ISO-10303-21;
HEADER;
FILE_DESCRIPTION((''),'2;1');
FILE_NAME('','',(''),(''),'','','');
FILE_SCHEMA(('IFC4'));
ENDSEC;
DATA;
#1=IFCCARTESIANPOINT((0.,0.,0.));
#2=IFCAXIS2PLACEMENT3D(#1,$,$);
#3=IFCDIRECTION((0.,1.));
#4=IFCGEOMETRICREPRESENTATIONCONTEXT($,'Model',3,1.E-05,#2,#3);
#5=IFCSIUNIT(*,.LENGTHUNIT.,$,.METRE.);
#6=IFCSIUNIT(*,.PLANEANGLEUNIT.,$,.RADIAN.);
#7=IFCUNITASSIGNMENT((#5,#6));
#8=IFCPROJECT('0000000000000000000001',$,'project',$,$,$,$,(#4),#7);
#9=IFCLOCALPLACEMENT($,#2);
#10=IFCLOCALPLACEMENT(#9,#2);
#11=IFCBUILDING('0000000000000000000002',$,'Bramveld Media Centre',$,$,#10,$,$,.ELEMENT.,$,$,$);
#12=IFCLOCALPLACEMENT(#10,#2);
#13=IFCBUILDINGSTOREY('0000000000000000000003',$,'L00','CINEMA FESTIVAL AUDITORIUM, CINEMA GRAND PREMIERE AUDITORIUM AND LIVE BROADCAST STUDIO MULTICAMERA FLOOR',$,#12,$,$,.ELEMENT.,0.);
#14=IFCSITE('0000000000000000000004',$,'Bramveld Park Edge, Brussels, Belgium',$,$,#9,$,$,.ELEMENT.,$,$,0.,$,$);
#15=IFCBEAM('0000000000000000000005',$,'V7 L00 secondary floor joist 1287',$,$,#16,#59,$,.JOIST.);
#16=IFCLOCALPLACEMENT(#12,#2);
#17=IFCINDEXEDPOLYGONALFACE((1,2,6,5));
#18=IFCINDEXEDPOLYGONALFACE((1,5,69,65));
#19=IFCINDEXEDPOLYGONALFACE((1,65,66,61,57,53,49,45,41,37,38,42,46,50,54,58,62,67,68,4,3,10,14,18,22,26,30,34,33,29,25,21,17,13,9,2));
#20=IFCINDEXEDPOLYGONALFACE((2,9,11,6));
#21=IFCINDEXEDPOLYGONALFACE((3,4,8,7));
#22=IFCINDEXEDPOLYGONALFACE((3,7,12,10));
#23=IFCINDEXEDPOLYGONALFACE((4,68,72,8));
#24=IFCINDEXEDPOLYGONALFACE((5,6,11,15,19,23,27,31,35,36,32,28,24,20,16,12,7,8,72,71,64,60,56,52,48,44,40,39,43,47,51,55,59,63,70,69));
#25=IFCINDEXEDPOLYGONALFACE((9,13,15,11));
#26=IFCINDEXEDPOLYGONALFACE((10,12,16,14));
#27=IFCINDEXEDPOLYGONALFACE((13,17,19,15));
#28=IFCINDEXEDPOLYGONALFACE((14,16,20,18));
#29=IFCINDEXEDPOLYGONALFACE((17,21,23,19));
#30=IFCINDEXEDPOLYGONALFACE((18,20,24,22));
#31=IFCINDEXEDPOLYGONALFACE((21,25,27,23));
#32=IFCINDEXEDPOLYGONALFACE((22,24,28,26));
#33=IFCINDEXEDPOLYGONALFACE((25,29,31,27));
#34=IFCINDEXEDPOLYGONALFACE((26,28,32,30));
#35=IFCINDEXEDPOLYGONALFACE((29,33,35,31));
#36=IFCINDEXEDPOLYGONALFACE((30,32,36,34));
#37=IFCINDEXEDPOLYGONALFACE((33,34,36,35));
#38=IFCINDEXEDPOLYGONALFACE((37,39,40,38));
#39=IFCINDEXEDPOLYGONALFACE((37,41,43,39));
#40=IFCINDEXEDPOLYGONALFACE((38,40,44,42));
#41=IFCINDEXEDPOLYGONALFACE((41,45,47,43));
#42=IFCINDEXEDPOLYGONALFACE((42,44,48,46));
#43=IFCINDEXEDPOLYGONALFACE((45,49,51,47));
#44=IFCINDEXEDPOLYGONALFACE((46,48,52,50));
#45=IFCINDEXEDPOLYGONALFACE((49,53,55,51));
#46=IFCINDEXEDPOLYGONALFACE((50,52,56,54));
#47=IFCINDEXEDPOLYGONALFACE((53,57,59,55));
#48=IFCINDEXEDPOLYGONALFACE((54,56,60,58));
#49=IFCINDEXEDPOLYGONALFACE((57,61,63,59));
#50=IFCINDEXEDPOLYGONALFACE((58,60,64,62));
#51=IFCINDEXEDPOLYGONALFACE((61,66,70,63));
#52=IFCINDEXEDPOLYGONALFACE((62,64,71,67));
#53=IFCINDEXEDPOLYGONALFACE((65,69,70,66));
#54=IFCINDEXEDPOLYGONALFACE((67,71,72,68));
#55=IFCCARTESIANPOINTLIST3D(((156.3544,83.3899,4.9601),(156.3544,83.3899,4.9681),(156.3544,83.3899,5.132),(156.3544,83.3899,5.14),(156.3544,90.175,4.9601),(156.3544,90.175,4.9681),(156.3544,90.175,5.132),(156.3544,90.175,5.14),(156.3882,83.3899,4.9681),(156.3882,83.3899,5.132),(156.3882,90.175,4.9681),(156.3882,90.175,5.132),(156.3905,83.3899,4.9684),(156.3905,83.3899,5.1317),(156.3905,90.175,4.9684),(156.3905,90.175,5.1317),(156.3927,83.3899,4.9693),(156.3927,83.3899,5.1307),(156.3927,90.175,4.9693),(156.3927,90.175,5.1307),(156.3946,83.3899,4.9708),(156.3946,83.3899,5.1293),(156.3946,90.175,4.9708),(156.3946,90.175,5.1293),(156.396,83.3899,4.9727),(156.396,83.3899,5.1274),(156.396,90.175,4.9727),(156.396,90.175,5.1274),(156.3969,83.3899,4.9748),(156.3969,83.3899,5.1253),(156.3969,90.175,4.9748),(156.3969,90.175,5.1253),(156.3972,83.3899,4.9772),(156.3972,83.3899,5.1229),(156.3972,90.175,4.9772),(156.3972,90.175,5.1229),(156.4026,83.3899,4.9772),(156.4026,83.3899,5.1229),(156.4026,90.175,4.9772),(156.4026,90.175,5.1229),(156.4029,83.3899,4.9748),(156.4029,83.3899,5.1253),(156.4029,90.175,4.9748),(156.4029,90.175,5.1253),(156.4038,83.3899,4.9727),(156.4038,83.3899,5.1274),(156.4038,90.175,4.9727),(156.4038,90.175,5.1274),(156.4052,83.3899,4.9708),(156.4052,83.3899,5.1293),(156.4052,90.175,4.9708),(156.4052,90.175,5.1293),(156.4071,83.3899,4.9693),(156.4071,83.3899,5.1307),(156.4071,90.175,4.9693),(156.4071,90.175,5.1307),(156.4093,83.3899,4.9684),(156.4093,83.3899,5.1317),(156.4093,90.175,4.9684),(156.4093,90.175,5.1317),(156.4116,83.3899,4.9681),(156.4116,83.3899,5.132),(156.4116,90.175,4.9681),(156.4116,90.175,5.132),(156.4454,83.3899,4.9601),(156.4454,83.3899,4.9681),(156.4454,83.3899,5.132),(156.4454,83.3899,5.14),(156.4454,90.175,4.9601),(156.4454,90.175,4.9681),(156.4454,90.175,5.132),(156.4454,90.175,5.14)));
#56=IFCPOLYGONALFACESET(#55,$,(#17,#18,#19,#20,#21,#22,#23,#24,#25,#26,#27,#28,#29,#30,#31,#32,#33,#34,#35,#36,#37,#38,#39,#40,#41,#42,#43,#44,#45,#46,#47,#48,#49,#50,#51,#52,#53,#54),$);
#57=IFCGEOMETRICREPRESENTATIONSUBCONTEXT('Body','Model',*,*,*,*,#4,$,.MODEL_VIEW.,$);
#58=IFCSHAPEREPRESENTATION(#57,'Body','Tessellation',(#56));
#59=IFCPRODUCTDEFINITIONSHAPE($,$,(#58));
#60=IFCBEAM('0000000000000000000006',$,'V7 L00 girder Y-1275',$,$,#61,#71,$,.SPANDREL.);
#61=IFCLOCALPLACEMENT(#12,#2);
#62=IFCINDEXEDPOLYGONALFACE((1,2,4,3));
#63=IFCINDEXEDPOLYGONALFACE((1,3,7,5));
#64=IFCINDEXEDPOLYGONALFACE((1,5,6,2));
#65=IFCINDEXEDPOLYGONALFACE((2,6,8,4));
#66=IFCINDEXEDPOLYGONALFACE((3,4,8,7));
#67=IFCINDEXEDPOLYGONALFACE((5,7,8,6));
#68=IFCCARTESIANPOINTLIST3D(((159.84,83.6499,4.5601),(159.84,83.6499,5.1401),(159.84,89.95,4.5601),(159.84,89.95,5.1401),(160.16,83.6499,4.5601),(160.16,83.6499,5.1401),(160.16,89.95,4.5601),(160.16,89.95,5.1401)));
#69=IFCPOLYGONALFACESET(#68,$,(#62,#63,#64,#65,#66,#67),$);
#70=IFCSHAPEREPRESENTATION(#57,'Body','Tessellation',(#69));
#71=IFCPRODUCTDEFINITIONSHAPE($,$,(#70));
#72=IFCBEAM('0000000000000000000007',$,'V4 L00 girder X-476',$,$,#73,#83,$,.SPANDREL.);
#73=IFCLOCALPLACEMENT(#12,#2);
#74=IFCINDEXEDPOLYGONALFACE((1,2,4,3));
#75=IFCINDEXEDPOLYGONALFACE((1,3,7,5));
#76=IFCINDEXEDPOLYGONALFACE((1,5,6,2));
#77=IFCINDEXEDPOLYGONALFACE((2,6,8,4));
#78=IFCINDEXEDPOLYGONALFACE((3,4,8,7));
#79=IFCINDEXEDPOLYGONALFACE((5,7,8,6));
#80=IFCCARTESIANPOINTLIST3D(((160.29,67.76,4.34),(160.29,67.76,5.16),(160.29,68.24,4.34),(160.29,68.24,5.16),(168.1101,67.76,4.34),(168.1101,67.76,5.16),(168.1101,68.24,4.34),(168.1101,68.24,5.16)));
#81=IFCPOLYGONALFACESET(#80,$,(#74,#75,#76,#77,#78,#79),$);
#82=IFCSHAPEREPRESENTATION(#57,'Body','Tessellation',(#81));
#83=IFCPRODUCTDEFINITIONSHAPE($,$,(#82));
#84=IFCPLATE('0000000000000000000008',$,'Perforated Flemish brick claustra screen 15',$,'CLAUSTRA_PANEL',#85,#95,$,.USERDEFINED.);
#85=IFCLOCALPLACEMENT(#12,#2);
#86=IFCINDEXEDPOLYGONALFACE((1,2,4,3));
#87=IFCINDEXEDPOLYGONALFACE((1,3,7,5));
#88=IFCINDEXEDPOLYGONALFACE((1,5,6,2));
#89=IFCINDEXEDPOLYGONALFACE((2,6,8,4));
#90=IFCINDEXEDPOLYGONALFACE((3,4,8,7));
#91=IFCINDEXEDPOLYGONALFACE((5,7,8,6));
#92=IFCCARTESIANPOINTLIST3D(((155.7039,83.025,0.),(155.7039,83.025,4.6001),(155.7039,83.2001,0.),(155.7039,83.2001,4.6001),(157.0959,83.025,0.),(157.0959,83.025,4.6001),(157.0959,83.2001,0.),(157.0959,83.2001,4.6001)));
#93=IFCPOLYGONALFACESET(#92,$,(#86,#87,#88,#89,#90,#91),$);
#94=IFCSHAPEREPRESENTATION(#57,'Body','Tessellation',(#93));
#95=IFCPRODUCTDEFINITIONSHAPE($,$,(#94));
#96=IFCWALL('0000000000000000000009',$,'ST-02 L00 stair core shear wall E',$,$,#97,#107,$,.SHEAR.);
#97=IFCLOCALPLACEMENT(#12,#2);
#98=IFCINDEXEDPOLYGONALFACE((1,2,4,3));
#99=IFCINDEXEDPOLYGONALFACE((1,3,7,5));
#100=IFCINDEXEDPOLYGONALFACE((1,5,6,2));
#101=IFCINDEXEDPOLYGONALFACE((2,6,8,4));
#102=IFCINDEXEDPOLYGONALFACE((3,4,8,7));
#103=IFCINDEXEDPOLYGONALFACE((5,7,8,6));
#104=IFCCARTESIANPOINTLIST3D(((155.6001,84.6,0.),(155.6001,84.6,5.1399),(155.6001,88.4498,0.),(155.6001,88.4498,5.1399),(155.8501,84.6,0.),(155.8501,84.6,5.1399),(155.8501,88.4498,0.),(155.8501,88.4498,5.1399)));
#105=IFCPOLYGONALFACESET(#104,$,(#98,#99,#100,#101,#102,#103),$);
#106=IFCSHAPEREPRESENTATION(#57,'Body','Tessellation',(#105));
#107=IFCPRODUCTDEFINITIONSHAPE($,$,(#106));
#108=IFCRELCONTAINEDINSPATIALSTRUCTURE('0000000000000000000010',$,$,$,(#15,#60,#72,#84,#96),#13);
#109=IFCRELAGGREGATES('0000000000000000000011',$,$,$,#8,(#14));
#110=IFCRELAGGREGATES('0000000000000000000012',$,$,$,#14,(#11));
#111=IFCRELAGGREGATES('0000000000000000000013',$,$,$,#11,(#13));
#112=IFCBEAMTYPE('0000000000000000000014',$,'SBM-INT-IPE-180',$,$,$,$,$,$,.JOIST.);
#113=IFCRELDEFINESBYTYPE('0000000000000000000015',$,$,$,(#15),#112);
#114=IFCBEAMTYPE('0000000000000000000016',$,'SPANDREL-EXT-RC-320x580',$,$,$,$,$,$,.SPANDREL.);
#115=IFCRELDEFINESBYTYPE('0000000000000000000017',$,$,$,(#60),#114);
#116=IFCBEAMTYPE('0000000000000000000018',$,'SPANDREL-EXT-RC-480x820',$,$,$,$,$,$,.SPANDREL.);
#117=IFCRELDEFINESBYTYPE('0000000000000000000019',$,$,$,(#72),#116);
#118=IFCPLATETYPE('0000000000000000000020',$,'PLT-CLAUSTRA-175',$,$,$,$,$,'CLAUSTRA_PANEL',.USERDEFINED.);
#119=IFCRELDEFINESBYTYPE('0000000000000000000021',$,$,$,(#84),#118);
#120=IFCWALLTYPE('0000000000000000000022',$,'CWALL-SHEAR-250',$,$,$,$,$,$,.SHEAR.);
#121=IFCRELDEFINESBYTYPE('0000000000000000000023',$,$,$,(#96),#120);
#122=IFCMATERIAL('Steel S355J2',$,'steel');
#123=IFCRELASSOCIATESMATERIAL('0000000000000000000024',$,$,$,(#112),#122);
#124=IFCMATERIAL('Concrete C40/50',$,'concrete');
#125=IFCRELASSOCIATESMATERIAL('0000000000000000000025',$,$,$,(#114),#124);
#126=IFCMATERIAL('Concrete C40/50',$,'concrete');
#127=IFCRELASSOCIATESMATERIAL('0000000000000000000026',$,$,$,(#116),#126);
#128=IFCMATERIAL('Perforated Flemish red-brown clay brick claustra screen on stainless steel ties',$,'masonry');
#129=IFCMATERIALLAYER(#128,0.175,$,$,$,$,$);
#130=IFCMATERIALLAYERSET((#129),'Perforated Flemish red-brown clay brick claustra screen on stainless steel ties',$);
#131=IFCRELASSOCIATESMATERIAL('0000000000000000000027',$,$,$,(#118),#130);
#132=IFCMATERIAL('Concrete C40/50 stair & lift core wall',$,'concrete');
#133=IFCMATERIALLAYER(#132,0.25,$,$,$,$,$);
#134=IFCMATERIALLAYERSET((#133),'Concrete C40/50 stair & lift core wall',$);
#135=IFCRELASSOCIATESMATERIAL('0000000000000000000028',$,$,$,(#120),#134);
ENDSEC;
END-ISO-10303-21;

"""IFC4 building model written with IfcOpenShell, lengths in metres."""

from ifc_helpers import new_model, si_unit, direction, frame, frame_2d, origin, origin_2d, place, context, subcontext, project, spatial, rectangle, i_section, extrude, material, layer, layer_set, material_profile, profile_set, type_object, element, save


model = new_model("IFC4")

# Units and contexts
model_context = context("Model", 3, precision=1e-05, world=origin(), true_north=direction((0.0, 1.0)))
body_context = subcontext(model_context, "Body", "Model", "MODEL_VIEW")
ifc_project = project(units=[si_unit("LENGTHUNIT", "METRE"), si_unit("PLANEANGLEUNIT", "RADIAN")], contexts=[model_context])

# Site, building, storey
site_placement = place(None, origin())
site = spatial("IfcSite", under=ifc_project, at=site_placement, Name="Bramveld Park Edge, Brussels, Belgium", CompositionType="ELEMENT", RefElevation=0.0)
building_placement = place(site_placement, origin())
building = spatial("IfcBuilding", under=site, at=building_placement, Name="Bramveld Media Centre", CompositionType="ELEMENT")
storey_placement = place(building_placement, origin())
storey = spatial("IfcBuildingStorey", under=building, at=storey_placement, Name="L00", Description="CINEMA FESTIVAL AUDITORIUM, CINEMA GRAND PREMIERE AUDITORIUM AND LIVE BROADCAST STUDIO MULTICAMERA FLOOR", CompositionType="ELEMENT", Elevation=0.0)

# Beams
ifc_material_1 = material(Name="Steel S355J2", Category="steel")
ifc_material_profile_1 = material_profile(ifc_material_1, i_section(OverallWidth=0.0911, OverallDepth=0.1799, WebThickness=0.0054, FlangeThickness=0.0081, FilletRadius=0.009, at=origin_2d()), Name="IPE 180")
ifc_profile_set_1 = profile_set([ifc_material_profile_1], Name="Steel S355J2")
beam_type_1 = type_object("IfcBeamType", Name="SBM-INT-IPE-180", PredefinedType="JOIST", material=ifc_profile_set_1)
beam_1_placement = place(storey_placement, frame((156.3999, 83.3899, 5.05), z_axis=(0.0, 1.0, 0.0), x_axis=(-1.0, 0.0, 0.0)))
element("IfcBeam", 1, at=beam_1_placement, inside=storey, type_object=beam_type_1, Name="V7 L00 secondary floor joist 1287", PredefinedType="JOIST", context=body_context, shape_type="SweptSolid", body=[
    extrude(i_section(OverallWidth=0.0911, OverallDepth=0.1799, WebThickness=0.0054, FlangeThickness=0.0081, FilletRadius=0.009, at=origin_2d()), origin(), (0.0, 0.0, 1.0), 6.7852),
])
ifc_material_2 = material(Name="Concrete C40/50", Category="concrete")
ifc_material_profile_2 = material_profile(ifc_material_2, rectangle(XDim=0.3201, YDim=0.5801, at=origin_2d()), Name="RC 320x580")
ifc_profile_set_2 = profile_set([ifc_material_profile_2], Name="Concrete C40/50")
beam_type_2 = type_object("IfcBeamType", Name="SPANDREL-EXT-RC-320x580", PredefinedType="SPANDREL", material=ifc_profile_set_2)
beam_2_placement = place(storey_placement, frame((160.0, 83.6499, 4.8501), z_axis=(0.0, 1.0, 0.0), x_axis=(-1.0, 0.0, 0.0)))
element("IfcBeam", 2, at=beam_2_placement, inside=storey, type_object=beam_type_2, Name="V7 L00 girder Y-1275", PredefinedType="SPANDREL", context=body_context, shape_type="SweptSolid", body=[
    extrude(rectangle(XDim=0.3201, YDim=0.5801, at=origin_2d()), origin(), (0.0, 0.0, 1.0), 6.3),
])
ifc_material_3 = material(Name="Concrete C40/50", Category="concrete")
ifc_material_profile_3 = material_profile(ifc_material_3, rectangle(XDim=0.48, YDim=0.8201, at=origin_2d()), Name="RC 480x820")
ifc_profile_set_3 = profile_set([ifc_material_profile_3], Name="Concrete C40/50")
beam_type_3 = type_object("IfcBeamType", Name="SPANDREL-EXT-RC-480x820", PredefinedType="SPANDREL", material=ifc_profile_set_3)
beam_3_placement = place(storey_placement, frame((160.29, 68.0, 4.75), z_axis=(1.0, 0.0, 0.0), x_axis=(0.0, 1.0, 0.0)))
element("IfcBeam", 3, at=beam_3_placement, inside=storey, type_object=beam_type_3, Name="V4 L00 girder X-476", PredefinedType="SPANDREL", context=body_context, shape_type="SweptSolid", body=[
    extrude(rectangle(XDim=0.48, YDim=0.8201, at=origin_2d()), origin(), (0.0, 0.0, 1.0), 7.8201),
])

# Plate
ifc_material_4 = material(Name="Perforated Flemish red-brown clay brick claustra screen on stainless steel ties", Category="masonry")
ifc_layer_1 = layer(ifc_material_4, 0.175)
ifc_layer_set_1 = layer_set([ifc_layer_1], Name="Perforated Flemish red-brown clay brick claustra screen on stainless steel ties")
plate_type = type_object("IfcPlateType", Name="PLT-CLAUSTRA-175", ElementType="CLAUSTRA_PANEL", PredefinedType="USERDEFINED", material=ifc_layer_set_1)
plate_placement = place(storey_placement, frame((156.3999, 83.1125, 0.0), z_axis=(0.0, 0.0, 1.0), x_axis=(1.0, 0.0, 0.0)))
element("IfcPlate", 4, at=plate_placement, inside=storey, type_object=plate_type, Name="Perforated Flemish brick claustra screen 15", ObjectType="CLAUSTRA_PANEL", PredefinedType="USERDEFINED", context=body_context, shape_type="SweptSolid", body=[
    extrude(rectangle(XDim=1.3921, YDim=0.175, at=origin_2d()), origin(), (0.0, 0.0, 1.0), 4.6001),
])

# Wall
ifc_material_5 = material(Name="Concrete C40/50 stair & lift core wall", Category="concrete")
ifc_layer_2 = layer(ifc_material_5, 0.25)
ifc_layer_set_2 = layer_set([ifc_layer_2], Name="Concrete C40/50 stair & lift core wall")
wall_type_1 = type_object("IfcWallType", Name="CWALL-SHEAR-250", PredefinedType="SHEAR", material=ifc_layer_set_2)
wall_1_placement = place(storey_placement, frame((155.7251, 84.6001, 0.0), z_axis=(0.0, 0.0, 1.0), x_axis=(0.0, 1.0, 0.0)))
element("IfcWall", 5, at=wall_1_placement, inside=storey, type_object=wall_type_1, Name="ST-02 L00 stair core shear wall E", PredefinedType="SHEAR", context=body_context, shape_type="SweptSolid", body=[
    extrude(rectangle(XDim=3.8499, YDim=0.25, at=frame_2d((1.9248, 0.0))), origin(), (0.0, 0.0, 1.0), 5.1399),
])

save(model, "model.ifc")
